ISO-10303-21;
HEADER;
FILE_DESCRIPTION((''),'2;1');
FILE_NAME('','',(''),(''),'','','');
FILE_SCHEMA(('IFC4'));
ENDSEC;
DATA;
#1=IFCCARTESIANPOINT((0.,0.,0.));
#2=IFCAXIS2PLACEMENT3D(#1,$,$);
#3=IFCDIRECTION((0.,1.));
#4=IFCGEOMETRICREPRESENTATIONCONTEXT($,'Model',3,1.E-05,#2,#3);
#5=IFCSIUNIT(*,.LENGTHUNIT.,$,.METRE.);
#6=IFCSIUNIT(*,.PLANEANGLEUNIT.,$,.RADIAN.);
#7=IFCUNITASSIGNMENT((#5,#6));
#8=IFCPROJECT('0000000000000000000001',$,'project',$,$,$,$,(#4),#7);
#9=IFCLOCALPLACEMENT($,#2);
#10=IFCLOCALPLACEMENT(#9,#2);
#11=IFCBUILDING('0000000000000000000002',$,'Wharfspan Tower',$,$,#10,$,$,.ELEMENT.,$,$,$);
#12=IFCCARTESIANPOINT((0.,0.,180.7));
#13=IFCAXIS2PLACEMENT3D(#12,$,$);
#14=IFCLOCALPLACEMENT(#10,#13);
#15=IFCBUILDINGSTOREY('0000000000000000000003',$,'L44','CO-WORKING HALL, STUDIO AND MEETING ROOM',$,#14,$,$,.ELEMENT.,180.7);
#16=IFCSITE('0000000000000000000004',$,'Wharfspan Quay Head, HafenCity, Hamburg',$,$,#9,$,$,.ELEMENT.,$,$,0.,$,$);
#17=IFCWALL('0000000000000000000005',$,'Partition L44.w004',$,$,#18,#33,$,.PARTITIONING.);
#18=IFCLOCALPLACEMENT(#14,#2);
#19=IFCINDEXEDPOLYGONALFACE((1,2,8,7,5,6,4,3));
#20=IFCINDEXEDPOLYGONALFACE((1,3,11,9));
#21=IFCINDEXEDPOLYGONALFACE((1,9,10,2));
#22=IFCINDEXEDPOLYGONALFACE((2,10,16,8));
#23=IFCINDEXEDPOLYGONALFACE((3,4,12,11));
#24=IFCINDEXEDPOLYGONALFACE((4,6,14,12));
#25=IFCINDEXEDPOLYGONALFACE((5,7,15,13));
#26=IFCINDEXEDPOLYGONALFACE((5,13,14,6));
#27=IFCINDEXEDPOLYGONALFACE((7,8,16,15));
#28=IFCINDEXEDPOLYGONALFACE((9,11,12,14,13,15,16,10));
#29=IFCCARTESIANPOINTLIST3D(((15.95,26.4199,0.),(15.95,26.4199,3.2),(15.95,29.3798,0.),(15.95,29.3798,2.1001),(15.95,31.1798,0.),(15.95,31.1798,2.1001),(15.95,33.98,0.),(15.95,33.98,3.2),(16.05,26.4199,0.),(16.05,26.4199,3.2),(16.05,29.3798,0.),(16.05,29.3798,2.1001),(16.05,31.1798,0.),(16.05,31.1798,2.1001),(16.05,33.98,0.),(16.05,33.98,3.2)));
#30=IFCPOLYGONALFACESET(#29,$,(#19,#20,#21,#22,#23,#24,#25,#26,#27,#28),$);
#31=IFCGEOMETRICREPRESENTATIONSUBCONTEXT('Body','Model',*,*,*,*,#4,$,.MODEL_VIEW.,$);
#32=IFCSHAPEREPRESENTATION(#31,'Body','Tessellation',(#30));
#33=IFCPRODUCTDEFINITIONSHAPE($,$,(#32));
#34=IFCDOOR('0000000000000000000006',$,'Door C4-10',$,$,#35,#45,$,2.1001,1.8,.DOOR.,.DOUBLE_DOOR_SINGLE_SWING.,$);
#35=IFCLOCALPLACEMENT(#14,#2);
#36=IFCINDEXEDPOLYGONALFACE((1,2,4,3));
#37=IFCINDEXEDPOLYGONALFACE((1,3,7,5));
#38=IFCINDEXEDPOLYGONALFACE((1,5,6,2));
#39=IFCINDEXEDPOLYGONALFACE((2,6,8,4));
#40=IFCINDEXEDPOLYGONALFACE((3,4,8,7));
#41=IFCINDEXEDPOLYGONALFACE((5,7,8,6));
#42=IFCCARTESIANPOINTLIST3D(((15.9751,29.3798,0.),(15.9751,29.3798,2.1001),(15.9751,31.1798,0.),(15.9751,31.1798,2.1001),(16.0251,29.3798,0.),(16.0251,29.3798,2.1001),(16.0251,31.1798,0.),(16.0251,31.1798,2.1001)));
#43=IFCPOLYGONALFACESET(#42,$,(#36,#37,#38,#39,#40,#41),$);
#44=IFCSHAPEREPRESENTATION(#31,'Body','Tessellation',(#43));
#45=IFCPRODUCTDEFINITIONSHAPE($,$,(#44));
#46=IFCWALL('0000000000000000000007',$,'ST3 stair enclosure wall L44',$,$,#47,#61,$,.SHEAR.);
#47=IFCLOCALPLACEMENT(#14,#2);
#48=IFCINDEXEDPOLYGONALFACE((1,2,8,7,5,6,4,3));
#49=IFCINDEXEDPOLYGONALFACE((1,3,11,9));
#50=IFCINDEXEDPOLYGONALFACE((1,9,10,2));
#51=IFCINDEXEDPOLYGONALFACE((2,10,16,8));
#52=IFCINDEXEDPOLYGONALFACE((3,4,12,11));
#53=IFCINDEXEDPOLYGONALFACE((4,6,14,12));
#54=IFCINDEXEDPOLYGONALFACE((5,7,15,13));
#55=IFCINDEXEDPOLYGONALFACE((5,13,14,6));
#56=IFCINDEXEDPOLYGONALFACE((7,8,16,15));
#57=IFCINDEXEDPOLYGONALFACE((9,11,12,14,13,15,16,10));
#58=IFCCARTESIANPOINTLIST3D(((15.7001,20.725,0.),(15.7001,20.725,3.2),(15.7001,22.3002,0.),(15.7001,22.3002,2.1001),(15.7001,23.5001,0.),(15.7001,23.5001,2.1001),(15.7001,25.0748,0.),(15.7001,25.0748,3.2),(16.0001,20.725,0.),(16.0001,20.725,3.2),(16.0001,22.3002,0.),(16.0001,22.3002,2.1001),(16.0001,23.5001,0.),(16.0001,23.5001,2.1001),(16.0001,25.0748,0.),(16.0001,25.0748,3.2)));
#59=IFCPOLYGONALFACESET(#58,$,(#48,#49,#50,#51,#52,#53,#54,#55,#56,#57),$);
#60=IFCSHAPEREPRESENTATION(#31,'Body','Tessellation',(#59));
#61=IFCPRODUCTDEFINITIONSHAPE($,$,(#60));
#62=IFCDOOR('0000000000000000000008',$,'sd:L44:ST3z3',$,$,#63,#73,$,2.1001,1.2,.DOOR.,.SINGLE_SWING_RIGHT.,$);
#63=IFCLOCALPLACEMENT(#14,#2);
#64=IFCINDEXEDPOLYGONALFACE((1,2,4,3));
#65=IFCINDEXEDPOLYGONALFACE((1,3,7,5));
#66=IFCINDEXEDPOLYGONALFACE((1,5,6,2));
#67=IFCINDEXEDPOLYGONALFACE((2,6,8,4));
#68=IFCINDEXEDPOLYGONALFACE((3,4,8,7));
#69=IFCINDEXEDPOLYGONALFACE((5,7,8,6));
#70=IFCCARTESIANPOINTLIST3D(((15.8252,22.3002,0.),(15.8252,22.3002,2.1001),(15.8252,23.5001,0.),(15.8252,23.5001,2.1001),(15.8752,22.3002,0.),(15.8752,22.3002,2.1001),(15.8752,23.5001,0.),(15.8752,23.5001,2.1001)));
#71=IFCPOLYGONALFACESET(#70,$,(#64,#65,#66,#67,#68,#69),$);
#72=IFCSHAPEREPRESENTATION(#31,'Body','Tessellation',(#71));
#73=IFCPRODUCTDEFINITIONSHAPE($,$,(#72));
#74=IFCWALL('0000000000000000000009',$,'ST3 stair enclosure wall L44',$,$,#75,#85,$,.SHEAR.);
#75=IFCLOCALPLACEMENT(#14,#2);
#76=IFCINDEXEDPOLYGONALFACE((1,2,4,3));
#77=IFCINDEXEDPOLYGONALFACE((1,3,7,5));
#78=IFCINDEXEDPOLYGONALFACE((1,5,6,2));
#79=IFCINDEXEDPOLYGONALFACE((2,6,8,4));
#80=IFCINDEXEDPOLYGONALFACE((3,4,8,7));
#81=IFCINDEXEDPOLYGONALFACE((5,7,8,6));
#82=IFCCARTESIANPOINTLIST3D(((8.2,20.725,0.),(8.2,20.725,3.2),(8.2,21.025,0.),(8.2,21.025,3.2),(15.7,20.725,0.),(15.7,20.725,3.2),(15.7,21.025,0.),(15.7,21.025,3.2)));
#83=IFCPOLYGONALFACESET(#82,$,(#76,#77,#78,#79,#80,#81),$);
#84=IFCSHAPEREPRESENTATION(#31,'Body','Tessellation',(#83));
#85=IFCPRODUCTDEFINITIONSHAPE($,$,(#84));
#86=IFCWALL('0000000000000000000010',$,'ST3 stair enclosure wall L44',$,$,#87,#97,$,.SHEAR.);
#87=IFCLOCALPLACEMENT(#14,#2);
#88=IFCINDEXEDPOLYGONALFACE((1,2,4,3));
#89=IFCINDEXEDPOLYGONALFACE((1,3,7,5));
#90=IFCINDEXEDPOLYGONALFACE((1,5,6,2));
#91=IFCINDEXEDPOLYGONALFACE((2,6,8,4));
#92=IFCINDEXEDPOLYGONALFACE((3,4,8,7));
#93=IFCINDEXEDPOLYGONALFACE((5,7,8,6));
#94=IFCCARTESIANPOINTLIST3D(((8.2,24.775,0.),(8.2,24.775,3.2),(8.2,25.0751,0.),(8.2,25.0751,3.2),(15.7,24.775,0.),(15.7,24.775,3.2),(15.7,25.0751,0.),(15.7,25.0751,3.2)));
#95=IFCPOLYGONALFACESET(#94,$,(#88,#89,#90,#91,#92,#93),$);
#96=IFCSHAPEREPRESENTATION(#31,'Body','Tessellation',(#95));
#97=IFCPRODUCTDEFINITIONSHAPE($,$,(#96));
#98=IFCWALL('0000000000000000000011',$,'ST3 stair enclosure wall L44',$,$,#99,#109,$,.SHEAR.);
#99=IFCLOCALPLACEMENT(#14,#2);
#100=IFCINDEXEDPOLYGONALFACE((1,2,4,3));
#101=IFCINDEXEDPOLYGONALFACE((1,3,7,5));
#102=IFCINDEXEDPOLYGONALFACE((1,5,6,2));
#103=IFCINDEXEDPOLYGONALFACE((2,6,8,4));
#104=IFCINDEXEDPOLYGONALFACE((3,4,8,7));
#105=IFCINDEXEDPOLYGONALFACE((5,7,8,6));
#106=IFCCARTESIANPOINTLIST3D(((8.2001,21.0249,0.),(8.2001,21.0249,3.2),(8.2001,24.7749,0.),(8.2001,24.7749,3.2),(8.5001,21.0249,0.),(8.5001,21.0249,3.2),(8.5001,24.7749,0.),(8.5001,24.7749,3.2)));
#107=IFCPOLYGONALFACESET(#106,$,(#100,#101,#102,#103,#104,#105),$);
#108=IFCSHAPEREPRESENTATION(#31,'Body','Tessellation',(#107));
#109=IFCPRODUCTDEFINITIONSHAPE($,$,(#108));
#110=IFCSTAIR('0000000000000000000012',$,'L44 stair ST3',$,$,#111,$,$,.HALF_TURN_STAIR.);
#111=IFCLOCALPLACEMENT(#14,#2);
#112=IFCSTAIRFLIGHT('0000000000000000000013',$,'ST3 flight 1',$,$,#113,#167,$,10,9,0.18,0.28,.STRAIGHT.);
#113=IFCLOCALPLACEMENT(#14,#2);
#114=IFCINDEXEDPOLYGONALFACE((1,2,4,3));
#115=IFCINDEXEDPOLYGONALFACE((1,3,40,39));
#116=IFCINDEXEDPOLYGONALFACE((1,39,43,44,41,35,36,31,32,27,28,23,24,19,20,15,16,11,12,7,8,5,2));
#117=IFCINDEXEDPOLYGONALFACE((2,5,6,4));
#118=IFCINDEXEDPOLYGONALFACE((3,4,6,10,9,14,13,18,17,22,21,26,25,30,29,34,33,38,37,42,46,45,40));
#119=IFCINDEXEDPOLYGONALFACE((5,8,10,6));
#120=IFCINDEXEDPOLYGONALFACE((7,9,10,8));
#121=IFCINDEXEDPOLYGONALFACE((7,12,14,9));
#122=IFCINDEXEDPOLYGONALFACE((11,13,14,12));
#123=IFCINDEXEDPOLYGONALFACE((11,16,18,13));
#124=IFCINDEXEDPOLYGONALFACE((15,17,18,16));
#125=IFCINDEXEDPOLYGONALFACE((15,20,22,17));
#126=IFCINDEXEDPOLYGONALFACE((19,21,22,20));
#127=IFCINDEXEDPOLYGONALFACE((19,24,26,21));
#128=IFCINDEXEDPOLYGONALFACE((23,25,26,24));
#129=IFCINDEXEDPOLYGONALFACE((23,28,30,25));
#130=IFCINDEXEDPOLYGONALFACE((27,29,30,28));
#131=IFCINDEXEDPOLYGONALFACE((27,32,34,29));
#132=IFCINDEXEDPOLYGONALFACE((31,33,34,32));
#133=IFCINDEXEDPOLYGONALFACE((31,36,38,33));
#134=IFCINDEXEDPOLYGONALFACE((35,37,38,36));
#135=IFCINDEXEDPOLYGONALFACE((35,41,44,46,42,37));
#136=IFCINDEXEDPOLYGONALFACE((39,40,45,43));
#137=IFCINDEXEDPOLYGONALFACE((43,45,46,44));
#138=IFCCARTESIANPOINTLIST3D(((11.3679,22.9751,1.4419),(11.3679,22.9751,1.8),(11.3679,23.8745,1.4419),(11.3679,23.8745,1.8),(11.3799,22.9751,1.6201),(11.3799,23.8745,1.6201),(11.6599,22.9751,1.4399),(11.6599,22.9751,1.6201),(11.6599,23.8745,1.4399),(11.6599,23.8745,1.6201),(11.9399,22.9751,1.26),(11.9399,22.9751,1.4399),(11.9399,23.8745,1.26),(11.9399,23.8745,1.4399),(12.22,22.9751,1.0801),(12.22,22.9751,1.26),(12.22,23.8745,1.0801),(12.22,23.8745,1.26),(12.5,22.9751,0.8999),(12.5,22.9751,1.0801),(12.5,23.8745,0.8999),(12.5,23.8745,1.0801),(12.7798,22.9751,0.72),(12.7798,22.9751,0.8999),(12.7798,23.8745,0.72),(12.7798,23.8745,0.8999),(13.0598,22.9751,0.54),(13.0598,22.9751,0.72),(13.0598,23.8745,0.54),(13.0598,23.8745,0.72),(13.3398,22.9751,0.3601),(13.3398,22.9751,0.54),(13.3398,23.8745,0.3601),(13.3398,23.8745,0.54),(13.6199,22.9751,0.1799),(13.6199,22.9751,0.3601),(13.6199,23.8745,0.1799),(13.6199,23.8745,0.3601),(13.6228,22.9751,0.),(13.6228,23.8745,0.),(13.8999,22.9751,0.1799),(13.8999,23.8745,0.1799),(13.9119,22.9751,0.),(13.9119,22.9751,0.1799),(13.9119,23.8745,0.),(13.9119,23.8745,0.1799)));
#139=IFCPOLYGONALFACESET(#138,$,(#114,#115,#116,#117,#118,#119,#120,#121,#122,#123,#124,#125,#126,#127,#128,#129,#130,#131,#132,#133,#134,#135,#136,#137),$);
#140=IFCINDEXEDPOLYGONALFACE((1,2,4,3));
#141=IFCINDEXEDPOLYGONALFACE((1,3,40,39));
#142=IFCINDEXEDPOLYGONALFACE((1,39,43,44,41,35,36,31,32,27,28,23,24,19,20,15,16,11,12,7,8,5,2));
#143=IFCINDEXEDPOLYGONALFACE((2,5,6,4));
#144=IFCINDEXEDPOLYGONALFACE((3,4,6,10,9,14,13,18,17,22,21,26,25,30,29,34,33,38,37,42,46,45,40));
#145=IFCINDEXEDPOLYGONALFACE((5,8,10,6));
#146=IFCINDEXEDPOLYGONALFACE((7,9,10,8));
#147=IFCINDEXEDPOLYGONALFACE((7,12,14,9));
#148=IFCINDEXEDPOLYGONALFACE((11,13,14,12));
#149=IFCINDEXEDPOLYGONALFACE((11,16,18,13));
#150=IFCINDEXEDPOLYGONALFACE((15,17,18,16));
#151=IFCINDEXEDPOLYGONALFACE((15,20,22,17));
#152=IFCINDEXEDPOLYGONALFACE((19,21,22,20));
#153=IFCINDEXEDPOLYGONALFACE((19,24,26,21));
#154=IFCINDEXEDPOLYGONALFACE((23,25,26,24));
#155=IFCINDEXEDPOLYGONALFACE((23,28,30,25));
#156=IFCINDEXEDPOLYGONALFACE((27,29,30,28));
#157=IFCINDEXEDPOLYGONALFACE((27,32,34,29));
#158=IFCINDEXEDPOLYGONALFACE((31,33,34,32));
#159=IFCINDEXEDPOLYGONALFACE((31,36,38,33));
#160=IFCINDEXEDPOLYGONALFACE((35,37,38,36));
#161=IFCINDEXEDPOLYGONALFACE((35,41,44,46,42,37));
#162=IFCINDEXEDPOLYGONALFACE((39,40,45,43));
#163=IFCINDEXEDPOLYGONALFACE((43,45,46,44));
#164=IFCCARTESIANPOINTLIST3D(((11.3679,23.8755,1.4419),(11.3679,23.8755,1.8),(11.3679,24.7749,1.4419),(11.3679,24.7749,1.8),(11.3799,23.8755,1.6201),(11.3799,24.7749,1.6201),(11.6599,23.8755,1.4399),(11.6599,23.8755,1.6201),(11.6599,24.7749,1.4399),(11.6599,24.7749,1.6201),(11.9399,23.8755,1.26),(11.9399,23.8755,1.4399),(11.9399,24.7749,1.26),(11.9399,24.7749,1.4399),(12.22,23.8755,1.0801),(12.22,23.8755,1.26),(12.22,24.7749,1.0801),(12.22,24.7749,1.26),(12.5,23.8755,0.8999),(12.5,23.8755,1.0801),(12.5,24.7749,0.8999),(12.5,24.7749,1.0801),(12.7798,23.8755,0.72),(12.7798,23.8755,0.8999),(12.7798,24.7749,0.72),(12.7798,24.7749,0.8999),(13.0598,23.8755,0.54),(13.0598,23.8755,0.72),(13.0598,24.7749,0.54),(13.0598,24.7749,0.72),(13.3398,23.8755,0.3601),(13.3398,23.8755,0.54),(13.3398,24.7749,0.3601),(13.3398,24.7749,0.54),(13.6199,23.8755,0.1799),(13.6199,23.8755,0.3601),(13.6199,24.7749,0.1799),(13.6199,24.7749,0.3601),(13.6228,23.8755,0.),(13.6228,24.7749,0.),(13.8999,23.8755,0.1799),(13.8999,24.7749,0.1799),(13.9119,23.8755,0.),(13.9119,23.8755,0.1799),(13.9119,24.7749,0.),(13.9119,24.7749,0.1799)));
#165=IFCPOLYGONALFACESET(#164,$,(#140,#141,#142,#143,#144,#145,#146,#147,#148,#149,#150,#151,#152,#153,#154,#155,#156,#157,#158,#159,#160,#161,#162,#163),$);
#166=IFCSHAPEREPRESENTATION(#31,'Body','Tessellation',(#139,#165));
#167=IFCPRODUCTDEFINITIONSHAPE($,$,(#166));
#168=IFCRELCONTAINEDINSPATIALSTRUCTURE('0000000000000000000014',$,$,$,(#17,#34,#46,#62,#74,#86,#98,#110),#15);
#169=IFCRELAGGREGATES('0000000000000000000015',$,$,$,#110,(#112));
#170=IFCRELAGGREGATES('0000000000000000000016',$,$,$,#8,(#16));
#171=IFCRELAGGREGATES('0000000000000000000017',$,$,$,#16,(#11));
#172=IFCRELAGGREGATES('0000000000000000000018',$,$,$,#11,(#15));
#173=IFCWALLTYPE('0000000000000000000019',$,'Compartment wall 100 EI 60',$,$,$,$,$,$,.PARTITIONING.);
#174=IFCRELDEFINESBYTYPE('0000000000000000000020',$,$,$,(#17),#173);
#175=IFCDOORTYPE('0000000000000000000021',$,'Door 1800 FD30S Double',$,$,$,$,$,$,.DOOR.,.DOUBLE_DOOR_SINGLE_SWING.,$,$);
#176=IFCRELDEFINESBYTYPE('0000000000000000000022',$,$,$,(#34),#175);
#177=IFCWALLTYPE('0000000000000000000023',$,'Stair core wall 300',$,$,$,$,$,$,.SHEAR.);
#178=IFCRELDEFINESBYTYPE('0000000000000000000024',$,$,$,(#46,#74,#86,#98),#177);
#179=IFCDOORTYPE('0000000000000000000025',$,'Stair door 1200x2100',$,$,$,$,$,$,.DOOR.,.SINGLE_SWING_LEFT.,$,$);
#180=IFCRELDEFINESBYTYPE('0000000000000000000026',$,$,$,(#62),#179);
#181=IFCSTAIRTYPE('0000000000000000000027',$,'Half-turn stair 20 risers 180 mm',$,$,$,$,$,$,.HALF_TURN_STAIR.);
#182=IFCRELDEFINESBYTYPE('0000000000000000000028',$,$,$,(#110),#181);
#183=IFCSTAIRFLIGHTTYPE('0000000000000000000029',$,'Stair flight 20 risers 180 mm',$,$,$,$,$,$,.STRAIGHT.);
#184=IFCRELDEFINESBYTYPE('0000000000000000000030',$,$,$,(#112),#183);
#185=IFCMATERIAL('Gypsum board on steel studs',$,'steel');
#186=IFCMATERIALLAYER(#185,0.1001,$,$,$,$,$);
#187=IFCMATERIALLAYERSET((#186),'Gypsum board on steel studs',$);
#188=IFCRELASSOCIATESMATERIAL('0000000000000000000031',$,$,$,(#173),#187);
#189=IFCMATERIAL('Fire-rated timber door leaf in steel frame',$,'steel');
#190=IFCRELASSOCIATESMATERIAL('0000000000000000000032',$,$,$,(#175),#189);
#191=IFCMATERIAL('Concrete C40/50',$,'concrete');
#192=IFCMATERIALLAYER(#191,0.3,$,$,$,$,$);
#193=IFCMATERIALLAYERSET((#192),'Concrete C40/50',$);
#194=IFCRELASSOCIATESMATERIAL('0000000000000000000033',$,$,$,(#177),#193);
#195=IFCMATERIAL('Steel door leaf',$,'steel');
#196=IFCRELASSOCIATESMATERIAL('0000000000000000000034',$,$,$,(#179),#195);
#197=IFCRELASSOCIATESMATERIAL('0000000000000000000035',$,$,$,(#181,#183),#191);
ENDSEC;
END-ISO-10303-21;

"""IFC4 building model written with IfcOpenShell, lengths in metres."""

from ifc_helpers import new_model, si_unit, direction, frame, frame_2d, origin, place, context, subcontext, project, spatial, polyline, rectangle, outline, extrude, material, layer, layer_set, type_object, element, fill, aggregate, save


model = new_model("IFC4")

# Units and contexts
model_context = context("Model", 3, precision=1e-05, world=origin(), true_north=direction((0.0, 1.0)))
body_context = subcontext(model_context, "Body", "Model", "MODEL_VIEW")
ifc_project = project(units=[si_unit("LENGTHUNIT", "METRE"), si_unit("PLANEANGLEUNIT", "RADIAN")], contexts=[model_context])

# Site, building, storey
site_placement = place(None, origin())
site = spatial("IfcSite", under=ifc_project, at=site_placement, Name="Wharfspan Quay Head, HafenCity, Hamburg", CompositionType="ELEMENT", RefElevation=0.0)
building_placement = place(site_placement, origin())
building = spatial("IfcBuilding", under=site, at=building_placement, Name="Wharfspan Tower", CompositionType="ELEMENT")
storey_placement = place(building_placement, frame((0.0, 0.0, 180.7)))
storey = spatial("IfcBuildingStorey", under=building, at=storey_placement, Name="L44", Description="CO-WORKING HALL, STUDIO AND MEETING ROOM", CompositionType="ELEMENT", Elevation=180.7)

# Walls, openings, doors
ifc_material_1 = material(Name="Gypsum board on steel studs", Category="steel")
ifc_layer_1 = layer(ifc_material_1, 0.1001)
ifc_layer_set_1 = layer_set([ifc_layer_1], Name="Gypsum board on steel studs")
wall_type_1 = type_object("IfcWallType", Name="Compartment wall 100 EI 60", PredefinedType="PARTITIONING", material=ifc_layer_set_1)
wall_1_placement = place(storey_placement, frame((16.0, 26.4199, 0.0), z_axis=(0.0, 0.0, 1.0), x_axis=(0.0, 1.0, 0.0)))
wall_1 = element("IfcWall", 1, at=wall_1_placement, inside=storey, type_object=wall_type_1, Name="Partition L44.w004", PredefinedType="PARTITIONING", context=body_context, shape_type="SweptSolid", body=[
    extrude(rectangle(XDim=7.5601, YDim=0.1001, at=frame_2d((3.78, 0.0))), origin(), (0.0, 0.0, 1.0), 3.2),
])
opening_1_placement = place(wall_1_placement, frame((2.96, 0.0, 0.0)))
opening_1 = element("IfcOpeningElement", 2, at=opening_1_placement, cuts=wall_1, PredefinedType="OPENING", context=body_context, shape_type="SweptSolid", body=[
    extrude(rectangle(XDim=1.8, YDim=2.1001, at=frame_2d((0.8999, 1.05))), frame((0.0, 0.0601, 0.0), z_axis=(0.0, -1.0, 0.0), x_axis=(1.0, 0.0, 0.0)), (0.0, 0.0, 1.0), 0.1201),
])
ifc_material_2 = material(Name="Fire-rated timber door leaf in steel frame", Category="steel")
door_type_1 = type_object("IfcDoorType", Name="Door 1800 FD30S Double", OperationType="DOUBLE_DOOR_SINGLE_SWING", PredefinedType="DOOR", material=ifc_material_2)
door_1_placement = place(opening_1_placement, origin())
door_1 = element("IfcDoor", 3, at=door_1_placement, inside=storey, type_object=door_type_1, Name="Door C4-10", OperationType="DOUBLE_DOOR_SINGLE_SWING", OverallHeight=2.1001, OverallWidth=1.8, PredefinedType="DOOR", context=body_context, shape_type="SweptSolid", body=[
    extrude(rectangle(XDim=1.8, YDim=2.1001, at=frame_2d((0.8999, 1.05))), frame((0.0, 0.0249, 0.0), z_axis=(0.0, -1.0, 0.0), x_axis=(1.0, 0.0, 0.0)), (0.0, 0.0, 1.0), 0.05),
])
fill(opening_1, door_1)
ifc_material_3 = material(Name="Concrete C40/50", Category="concrete")
ifc_layer_2 = layer(ifc_material_3, 0.3)
ifc_layer_set_2 = layer_set([ifc_layer_2], Name="Concrete C40/50")
wall_type_2 = type_object("IfcWallType", Name="Stair core wall 300", PredefinedType="SHEAR", material=ifc_layer_set_2)
wall_2_placement = place(storey_placement, frame((15.8501, 20.7251, 0.0), z_axis=(0.0, 0.0, 1.0), x_axis=(0.0, 1.0, 0.0)))
wall_2 = element("IfcWall", 4, at=wall_2_placement, inside=storey, type_object=wall_type_2, Name="ST3 stair enclosure wall L44", PredefinedType="SHEAR", context=body_context, shape_type="SweptSolid", body=[
    extrude(rectangle(XDim=4.3499, YDim=0.3, at=frame_2d((2.1748, 0.0))), origin(), (0.0, 0.0, 1.0), 3.2),
])
opening_2_placement = place(wall_2_placement, frame((1.575, 0.0, 0.0)))
opening_2 = element("IfcOpeningElement", 5, at=opening_2_placement, cuts=wall_2, PredefinedType="OPENING", context=body_context, shape_type="SweptSolid", body=[
    extrude(rectangle(XDim=1.2, YDim=2.1001, at=frame_2d((0.6001, 1.05))), frame((0.0, 0.1599, 0.0), z_axis=(0.0, -1.0, 0.0), x_axis=(1.0, 0.0, 0.0)), (0.0, 0.0, 1.0), 0.3201),
])
ifc_material_4 = material(Name="Steel door leaf", Category="steel")
door_type_2 = type_object("IfcDoorType", Name="Stair door 1200x2100", OperationType="SINGLE_SWING_LEFT", PredefinedType="DOOR", material=ifc_material_4)
door_2_placement = place(opening_2_placement, origin())
door_2 = element("IfcDoor", 6, at=door_2_placement, inside=storey, type_object=door_type_2, Name="sd:L44:ST3z3", OperationType="SINGLE_SWING_RIGHT", OverallHeight=2.1001, OverallWidth=1.2, PredefinedType="DOOR", context=body_context, shape_type="SweptSolid", body=[
    extrude(rectangle(XDim=1.2, YDim=2.1001, at=frame_2d((0.6001, 1.05))), frame((0.0, 0.0249, 0.0), z_axis=(0.0, -1.0, 0.0), x_axis=(1.0, 0.0, 0.0)), (0.0, 0.0, 1.0), 0.05),
])
fill(opening_2, door_2)

# Walls
for number, where, z_axis, x_axis, name in (
    (7, (8.2, 20.875, 0.0), (0.0, 0.0, 1.0), (1.0, 0.0, 0.0), "ST3 stair enclosure wall L44"),
    (8, (8.2, 24.925, 0.0), (0.0, 0.0, 1.0), (1.0, 0.0, 0.0), "ST3 stair enclosure wall L44"),
):
    element("IfcWall", number, at=place(storey_placement, frame(where, z_axis=z_axis, x_axis=x_axis)), inside=storey, type_object=wall_type_2, Name=name, PredefinedType="SHEAR", context=body_context, shape_type="SweptSolid", body=[
        extrude(rectangle(XDim=7.5, YDim=0.3, at=frame_2d((3.75, 0.0))), origin(), (0.0, 0.0, 1.0), 3.2),
    ])
wall_3_placement = place(storey_placement, frame((8.3501, 21.0249, 0.0), z_axis=(0.0, 0.0, 1.0), x_axis=(0.0, 1.0, 0.0)))
element("IfcWall", 9, at=wall_3_placement, inside=storey, type_object=wall_type_2, Name="ST3 stair enclosure wall L44", PredefinedType="SHEAR", context=body_context, shape_type="SweptSolid", body=[
    extrude(rectangle(XDim=3.75, YDim=0.3, at=frame_2d((1.875, 0.0))), origin(), (0.0, 0.0, 1.0), 3.2),
])

# Stair, stair flight
stair_type = type_object("IfcStairType", Name="Half-turn stair 20 risers 180 mm", PredefinedType="HALF_TURN_STAIR", material=ifc_material_3)
stair_placement = place(storey_placement, origin())
stair = element("IfcStair", 10, at=stair_placement, inside=storey, type_object=stair_type, Name="L44 stair ST3", PredefinedType="HALF_TURN_STAIR")
stair_flight_type = type_object("IfcStairFlightType", Name="Stair flight 20 risers 180 mm", PredefinedType="STRAIGHT", material=ifc_material_3)
stair_flight_1_placement = place(storey_placement, frame((13.8999, 23.875, 0.0), z_axis=(0.0, 0.0, 1.0), x_axis=(-1.0, 0.0, 0.0)))
stair_flight_1 = element("IfcStairFlight", 11, at=stair_flight_1_placement, type_object=stair_flight_type, Name="ST3 flight 1", NumberOfRisers=10, NumberOfTreads=9, PredefinedType="STRAIGHT", RiserHeight=0.18, TreadLength=0.28, context=body_context, shape_type="SweptSolid", body=[
    extrude(outline(polyline([(-0.012, 0.0), (-0.012, 0.1799), (0.0, 0.1799), (0.28, 0.1799), (0.28, 0.3601), (0.5601, 0.3601), (0.5601, 0.54), (0.8401, 0.54), (0.8401, 0.72), (1.1201, 0.72), (1.1201, 0.8999), (1.3999, 0.8999), (1.3999, 1.0801), (1.6799, 1.0801), (1.6799, 1.26), (1.96, 1.26), (1.96, 1.4399), (2.24, 1.4399), (2.24, 1.6201), (2.52, 1.6201), (2.532, 1.8), (2.532, 1.4419), (0.2771, 0.0), (-0.012, 0.0)])), frame((0.0, 0.8999, 0.0), z_axis=(0.0, -1.0, 0.0), x_axis=(1.0, 0.0, 0.0)), (0.0, 0.0, 1.0), 0.8994),
    extrude(outline(polyline([(-0.012, 0.0), (-0.012, 0.1799), (0.0, 0.1799), (0.28, 0.1799), (0.28, 0.3601), (0.5601, 0.3601), (0.5601, 0.54), (0.8401, 0.54), (0.8401, 0.72), (1.1201, 0.72), (1.1201, 0.8999), (1.3999, 0.8999), (1.3999, 1.0801), (1.6799, 1.0801), (1.6799, 1.26), (1.96, 1.26), (1.96, 1.4399), (2.24, 1.4399), (2.24, 1.6201), (2.52, 1.6201), (2.532, 1.8), (2.532, 1.4419), (0.2771, 0.0), (-0.012, 0.0)])), frame((0.0, -0.0005, 0.0), z_axis=(0.0, -1.0, 0.0), x_axis=(1.0, 0.0, 0.0)), (0.0, 0.0, 1.0), 0.8994),
])
aggregate(stair, [stair_flight_1])

save(model, "model.ifc")
